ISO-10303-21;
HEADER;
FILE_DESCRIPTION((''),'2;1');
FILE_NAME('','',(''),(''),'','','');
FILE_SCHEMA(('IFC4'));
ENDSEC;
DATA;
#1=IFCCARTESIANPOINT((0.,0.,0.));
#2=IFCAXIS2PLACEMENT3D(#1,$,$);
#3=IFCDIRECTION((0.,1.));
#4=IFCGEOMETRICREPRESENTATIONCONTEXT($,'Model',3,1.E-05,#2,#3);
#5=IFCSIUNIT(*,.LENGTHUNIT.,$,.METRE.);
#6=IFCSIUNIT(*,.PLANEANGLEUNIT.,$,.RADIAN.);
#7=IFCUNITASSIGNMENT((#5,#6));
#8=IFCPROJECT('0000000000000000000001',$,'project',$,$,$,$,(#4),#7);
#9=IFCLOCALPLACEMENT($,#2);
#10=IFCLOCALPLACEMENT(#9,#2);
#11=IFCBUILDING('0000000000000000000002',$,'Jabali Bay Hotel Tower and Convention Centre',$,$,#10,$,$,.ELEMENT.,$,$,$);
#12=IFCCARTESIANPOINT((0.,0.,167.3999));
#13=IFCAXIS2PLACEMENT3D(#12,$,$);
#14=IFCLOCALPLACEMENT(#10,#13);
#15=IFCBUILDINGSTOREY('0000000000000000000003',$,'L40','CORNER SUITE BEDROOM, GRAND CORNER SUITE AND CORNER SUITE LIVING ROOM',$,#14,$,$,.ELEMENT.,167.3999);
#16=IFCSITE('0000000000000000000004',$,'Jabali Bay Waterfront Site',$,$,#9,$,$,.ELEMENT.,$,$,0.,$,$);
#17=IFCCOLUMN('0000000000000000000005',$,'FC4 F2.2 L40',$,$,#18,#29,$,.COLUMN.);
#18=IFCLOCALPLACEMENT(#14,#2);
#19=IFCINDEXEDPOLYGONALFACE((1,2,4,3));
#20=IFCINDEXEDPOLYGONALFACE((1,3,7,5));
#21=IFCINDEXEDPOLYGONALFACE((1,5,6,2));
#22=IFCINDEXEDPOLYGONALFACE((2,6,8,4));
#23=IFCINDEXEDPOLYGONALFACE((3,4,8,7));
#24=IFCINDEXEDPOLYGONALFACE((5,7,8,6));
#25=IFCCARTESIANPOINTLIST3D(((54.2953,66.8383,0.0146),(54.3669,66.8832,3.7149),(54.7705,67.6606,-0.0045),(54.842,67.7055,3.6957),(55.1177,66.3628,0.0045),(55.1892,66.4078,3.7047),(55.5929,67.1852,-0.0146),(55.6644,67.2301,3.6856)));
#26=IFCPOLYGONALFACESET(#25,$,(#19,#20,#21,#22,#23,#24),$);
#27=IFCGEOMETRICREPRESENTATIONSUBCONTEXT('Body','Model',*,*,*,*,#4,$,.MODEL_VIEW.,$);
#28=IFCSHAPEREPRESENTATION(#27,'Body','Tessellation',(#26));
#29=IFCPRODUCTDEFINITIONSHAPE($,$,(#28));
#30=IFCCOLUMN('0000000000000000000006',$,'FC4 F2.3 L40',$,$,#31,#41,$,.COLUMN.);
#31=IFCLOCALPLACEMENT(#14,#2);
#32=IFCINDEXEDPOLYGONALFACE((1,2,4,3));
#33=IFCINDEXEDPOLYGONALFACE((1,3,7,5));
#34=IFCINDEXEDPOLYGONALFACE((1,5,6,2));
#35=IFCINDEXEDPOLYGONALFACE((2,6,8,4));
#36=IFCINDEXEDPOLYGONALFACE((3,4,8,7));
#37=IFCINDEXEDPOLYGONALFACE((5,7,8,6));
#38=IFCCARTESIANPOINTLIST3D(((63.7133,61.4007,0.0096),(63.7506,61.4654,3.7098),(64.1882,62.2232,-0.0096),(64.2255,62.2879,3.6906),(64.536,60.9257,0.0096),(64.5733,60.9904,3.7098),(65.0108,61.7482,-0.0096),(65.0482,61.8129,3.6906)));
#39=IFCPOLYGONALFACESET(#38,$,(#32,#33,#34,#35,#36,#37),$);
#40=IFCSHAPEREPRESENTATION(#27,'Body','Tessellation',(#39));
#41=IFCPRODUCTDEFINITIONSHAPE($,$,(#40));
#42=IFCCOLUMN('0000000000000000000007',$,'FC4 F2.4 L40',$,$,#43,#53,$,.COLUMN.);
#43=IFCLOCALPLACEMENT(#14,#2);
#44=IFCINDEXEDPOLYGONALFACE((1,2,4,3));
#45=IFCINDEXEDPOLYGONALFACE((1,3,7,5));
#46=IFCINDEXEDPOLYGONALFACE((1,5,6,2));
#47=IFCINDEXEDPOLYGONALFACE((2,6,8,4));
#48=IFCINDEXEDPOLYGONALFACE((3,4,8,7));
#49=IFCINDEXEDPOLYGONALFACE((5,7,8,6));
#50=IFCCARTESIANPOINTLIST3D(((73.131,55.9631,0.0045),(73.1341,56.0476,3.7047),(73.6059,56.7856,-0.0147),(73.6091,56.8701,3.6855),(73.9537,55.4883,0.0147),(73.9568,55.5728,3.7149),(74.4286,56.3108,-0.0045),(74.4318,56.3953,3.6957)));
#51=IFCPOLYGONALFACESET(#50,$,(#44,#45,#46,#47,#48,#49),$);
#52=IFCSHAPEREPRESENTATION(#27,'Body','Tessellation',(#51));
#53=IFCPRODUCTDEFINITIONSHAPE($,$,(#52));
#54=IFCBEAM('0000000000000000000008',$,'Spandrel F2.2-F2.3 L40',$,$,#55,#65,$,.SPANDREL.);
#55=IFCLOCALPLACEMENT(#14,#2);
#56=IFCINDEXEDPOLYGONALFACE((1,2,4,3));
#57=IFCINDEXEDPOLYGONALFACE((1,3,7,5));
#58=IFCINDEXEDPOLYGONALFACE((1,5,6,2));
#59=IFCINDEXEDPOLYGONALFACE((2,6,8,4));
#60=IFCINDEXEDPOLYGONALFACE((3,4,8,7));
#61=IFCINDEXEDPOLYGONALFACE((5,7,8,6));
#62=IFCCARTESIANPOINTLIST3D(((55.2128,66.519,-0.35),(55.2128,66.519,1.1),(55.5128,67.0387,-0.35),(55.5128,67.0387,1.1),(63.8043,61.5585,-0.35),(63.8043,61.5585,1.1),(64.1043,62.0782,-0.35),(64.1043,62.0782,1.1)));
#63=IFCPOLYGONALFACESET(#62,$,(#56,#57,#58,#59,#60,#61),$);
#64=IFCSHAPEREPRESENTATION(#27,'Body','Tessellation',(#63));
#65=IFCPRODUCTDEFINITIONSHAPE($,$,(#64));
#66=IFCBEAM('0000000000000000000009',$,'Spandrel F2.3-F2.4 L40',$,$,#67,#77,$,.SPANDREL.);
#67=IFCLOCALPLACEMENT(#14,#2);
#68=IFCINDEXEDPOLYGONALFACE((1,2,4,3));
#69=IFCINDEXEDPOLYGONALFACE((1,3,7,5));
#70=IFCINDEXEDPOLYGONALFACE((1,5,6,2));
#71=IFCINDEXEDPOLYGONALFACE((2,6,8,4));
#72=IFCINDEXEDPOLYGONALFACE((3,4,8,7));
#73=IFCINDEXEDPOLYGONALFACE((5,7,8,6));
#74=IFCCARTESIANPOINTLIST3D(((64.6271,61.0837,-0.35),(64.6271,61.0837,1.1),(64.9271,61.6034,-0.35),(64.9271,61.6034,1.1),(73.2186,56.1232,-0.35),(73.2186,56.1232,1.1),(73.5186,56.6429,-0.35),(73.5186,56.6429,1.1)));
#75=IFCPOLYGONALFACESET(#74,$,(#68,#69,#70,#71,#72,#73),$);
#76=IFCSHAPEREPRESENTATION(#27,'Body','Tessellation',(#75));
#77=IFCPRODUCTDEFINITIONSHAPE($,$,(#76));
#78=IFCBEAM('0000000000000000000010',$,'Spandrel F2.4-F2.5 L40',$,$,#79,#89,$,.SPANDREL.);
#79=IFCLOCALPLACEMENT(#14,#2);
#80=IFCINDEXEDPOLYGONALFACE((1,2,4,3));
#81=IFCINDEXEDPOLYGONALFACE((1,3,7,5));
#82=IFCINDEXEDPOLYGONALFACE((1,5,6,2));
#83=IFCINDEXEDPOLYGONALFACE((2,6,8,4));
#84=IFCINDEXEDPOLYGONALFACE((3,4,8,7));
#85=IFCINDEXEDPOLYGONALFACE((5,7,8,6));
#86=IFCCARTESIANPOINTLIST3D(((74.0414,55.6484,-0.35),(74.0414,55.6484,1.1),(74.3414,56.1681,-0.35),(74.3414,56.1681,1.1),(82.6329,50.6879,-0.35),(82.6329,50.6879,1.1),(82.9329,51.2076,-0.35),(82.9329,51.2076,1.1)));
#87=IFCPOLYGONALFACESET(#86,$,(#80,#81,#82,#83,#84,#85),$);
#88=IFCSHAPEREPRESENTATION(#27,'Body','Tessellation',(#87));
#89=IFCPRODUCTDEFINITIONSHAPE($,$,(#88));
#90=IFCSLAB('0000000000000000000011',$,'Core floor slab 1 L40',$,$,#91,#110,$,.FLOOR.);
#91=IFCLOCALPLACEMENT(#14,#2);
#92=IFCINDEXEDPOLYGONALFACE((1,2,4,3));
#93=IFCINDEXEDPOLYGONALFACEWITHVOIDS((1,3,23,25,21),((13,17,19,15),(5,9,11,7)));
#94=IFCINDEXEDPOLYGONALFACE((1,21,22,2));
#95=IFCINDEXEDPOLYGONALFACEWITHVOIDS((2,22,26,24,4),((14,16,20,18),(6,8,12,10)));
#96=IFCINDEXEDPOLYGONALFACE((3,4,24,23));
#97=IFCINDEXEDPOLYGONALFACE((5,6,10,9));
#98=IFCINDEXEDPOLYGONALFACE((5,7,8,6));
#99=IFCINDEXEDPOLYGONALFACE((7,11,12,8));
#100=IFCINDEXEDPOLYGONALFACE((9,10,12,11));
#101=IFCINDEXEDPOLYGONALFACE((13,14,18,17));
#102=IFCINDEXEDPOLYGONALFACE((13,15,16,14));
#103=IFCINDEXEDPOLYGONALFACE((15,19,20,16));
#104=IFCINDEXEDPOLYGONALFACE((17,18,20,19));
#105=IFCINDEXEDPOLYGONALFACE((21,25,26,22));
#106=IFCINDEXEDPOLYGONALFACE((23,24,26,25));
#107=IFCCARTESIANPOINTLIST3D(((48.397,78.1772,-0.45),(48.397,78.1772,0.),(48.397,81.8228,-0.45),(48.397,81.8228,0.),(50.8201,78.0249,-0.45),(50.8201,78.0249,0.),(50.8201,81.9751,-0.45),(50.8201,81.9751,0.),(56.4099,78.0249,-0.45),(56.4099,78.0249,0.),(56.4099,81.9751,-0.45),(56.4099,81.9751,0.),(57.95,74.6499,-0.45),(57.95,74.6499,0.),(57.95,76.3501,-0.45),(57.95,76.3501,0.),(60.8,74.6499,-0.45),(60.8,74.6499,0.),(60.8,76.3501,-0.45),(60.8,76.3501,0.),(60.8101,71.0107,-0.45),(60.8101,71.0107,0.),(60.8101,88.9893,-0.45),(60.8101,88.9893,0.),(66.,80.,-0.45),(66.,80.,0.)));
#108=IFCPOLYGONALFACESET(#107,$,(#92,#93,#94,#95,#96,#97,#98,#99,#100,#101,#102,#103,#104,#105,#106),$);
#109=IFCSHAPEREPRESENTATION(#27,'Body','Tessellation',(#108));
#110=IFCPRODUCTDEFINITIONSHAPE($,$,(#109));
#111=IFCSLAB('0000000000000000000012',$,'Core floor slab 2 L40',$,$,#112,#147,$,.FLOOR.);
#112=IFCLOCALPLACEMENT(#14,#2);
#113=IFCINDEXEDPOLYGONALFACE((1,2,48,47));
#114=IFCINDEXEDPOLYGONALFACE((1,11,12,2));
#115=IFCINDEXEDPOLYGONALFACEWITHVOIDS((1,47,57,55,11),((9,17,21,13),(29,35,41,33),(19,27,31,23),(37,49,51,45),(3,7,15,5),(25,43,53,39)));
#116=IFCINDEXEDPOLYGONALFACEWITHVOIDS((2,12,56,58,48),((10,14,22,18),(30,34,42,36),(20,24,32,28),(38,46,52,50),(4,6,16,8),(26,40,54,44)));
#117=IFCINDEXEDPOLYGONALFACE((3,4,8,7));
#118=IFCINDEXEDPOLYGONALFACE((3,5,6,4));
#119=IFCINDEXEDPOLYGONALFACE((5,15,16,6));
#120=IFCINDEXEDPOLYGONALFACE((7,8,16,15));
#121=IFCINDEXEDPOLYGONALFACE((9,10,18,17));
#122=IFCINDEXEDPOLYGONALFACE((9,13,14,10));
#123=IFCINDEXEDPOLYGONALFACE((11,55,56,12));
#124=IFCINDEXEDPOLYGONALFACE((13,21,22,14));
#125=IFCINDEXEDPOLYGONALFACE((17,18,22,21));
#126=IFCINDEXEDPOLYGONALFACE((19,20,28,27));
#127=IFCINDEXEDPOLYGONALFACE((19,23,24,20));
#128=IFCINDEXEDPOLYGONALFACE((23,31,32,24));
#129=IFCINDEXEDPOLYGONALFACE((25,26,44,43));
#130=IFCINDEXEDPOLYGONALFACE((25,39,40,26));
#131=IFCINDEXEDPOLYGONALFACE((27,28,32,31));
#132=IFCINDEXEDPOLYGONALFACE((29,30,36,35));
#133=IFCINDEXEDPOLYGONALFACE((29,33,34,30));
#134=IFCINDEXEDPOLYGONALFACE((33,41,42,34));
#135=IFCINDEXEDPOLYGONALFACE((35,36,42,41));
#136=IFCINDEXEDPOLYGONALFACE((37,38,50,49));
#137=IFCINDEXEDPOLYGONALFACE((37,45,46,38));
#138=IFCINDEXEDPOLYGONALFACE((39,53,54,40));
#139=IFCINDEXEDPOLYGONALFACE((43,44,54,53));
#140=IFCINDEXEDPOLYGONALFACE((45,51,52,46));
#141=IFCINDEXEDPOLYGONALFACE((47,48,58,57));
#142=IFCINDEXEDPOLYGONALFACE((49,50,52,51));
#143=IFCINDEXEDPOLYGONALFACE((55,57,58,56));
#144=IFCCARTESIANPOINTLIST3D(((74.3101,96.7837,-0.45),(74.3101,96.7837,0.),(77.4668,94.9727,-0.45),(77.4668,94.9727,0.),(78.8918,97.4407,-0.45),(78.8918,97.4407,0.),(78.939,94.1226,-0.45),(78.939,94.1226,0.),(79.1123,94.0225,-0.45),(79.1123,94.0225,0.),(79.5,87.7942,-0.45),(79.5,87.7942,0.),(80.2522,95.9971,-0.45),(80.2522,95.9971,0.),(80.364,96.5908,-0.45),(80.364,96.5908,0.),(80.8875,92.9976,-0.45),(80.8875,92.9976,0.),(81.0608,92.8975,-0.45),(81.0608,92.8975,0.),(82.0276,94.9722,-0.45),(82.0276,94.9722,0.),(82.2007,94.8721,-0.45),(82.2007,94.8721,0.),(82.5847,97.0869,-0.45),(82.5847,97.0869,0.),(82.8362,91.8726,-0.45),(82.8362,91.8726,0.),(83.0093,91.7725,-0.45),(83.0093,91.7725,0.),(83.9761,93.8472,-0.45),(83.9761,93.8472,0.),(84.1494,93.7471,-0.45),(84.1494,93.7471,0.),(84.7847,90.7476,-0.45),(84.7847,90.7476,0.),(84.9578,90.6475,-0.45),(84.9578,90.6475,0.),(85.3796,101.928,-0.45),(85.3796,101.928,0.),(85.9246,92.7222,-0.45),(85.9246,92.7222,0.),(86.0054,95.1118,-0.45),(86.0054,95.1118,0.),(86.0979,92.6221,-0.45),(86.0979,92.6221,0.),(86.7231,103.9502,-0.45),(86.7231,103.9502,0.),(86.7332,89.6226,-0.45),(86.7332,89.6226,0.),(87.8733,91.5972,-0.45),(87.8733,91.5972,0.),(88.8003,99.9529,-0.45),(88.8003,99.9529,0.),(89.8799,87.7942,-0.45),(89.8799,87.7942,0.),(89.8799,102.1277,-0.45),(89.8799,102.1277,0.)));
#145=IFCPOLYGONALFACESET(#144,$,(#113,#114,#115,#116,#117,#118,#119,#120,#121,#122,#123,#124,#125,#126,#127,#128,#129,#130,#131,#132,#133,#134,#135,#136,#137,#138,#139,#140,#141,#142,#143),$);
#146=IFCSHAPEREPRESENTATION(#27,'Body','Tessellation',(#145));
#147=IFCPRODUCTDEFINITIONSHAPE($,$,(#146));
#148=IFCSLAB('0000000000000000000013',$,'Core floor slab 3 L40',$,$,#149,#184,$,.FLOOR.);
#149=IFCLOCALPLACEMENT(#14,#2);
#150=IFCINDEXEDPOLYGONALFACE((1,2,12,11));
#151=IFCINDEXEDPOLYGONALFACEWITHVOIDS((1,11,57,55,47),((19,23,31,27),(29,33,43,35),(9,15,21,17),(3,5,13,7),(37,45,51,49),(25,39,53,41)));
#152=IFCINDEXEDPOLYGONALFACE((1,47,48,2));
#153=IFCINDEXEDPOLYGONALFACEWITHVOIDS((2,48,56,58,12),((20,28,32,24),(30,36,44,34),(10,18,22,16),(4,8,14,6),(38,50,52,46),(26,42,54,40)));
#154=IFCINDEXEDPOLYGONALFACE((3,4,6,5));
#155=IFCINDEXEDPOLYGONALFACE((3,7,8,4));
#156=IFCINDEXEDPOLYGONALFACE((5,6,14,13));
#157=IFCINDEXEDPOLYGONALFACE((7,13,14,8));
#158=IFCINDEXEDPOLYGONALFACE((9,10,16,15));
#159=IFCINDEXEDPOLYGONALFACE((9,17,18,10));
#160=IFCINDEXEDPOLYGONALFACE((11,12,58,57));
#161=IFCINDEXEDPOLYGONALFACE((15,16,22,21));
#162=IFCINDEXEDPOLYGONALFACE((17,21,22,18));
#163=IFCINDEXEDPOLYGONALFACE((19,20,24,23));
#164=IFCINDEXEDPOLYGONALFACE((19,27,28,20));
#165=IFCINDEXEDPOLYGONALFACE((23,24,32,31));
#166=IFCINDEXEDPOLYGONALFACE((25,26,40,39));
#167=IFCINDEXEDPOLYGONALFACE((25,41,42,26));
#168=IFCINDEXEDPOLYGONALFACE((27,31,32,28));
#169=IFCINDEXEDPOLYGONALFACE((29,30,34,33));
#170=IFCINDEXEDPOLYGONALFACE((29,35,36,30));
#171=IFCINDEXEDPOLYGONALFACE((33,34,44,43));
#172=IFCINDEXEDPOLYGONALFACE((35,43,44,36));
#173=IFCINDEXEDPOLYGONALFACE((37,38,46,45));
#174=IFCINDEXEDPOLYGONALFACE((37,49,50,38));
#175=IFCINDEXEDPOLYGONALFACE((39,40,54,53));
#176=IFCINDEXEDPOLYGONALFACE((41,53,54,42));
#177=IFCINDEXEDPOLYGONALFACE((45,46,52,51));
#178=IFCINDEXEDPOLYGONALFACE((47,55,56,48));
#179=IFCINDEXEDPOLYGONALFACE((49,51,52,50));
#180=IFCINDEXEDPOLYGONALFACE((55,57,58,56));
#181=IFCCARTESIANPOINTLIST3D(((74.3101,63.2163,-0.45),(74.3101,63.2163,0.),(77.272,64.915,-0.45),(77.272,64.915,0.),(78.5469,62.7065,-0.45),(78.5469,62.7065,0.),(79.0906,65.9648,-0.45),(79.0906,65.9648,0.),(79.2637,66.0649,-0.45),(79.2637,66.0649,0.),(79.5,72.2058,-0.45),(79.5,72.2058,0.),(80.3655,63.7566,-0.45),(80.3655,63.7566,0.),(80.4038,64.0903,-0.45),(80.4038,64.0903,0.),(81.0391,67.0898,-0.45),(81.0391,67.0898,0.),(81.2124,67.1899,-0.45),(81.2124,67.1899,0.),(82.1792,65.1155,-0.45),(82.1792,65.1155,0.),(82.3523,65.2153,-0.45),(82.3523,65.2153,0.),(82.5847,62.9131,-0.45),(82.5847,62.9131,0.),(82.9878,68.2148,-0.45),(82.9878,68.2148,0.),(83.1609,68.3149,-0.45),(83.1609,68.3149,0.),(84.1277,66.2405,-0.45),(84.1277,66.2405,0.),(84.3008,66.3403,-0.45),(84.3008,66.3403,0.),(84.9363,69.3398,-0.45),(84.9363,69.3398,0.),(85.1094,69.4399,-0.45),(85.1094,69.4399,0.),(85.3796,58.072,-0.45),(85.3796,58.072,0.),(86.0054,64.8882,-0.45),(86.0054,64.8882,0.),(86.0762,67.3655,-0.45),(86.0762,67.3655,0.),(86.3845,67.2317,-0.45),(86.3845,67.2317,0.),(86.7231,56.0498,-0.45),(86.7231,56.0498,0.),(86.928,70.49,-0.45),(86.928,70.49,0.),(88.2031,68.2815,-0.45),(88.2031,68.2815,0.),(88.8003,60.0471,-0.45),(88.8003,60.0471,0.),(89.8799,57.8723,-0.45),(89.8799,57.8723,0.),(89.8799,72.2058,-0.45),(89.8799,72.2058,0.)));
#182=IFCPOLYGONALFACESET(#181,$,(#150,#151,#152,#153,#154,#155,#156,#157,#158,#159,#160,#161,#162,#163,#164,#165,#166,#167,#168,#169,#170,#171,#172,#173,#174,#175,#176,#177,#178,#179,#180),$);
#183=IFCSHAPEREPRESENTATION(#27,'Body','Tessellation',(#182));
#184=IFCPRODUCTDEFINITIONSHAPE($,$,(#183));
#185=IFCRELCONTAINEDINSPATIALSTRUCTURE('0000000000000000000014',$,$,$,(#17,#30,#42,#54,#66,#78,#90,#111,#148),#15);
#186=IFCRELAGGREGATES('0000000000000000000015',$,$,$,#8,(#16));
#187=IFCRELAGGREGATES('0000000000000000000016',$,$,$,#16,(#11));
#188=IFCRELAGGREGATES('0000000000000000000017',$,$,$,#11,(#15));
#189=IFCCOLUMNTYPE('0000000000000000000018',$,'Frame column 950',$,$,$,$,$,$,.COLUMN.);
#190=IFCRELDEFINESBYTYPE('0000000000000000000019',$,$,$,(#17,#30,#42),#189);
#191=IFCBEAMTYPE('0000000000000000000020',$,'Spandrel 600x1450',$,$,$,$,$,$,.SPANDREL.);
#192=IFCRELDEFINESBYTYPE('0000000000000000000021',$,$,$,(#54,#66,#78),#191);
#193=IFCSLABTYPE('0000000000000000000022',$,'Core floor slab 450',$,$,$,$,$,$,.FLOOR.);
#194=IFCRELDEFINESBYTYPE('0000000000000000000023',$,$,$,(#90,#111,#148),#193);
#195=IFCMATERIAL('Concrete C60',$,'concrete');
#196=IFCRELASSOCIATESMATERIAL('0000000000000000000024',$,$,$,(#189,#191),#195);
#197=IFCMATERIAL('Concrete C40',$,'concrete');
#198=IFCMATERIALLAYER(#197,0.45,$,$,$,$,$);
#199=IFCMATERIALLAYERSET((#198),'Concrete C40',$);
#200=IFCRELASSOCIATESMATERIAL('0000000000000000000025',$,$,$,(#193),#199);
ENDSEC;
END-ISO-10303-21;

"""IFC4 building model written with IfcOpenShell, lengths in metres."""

from ifc_helpers import new_model, si_unit, direction, frame, origin, origin_2d, place, context, subcontext, project, spatial, polyline, rectangle, outline, extrude, material, layer, layer_set, material_profile, profile_set, type_object, element, save


model = new_model("IFC4")

# Units and contexts
model_context = context("Model", 3, precision=1e-05, world=origin(), true_north=direction((0.0, 1.0)))
body_context = subcontext(model_context, "Body", "Model", "MODEL_VIEW")
ifc_project = project(units=[si_unit("LENGTHUNIT", "METRE"), si_unit("PLANEANGLEUNIT", "RADIAN")], contexts=[model_context])

# Site, building, storey
site_placement = place(None, origin())
site = spatial("IfcSite", under=ifc_project, at=site_placement, Name="Jabali Bay Waterfront Site", CompositionType="ELEMENT", RefElevation=0.0)
building_placement = place(site_placement, origin())
building = spatial("IfcBuilding", under=site, at=building_placement, Name="Jabali Bay Hotel Tower and Convention Centre", CompositionType="ELEMENT")
storey_placement = place(building_placement, frame((0.0, 0.0, 167.3999)))
storey = spatial("IfcBuildingStorey", under=building, at=storey_placement, Name="L40", Description="CORNER SUITE BEDROOM, GRAND CORNER SUITE AND CORNER SUITE LIVING ROOM", CompositionType="ELEMENT", Elevation=167.3999)

# Columns
ifc_material_1 = material(Name="Concrete C60", Category="concrete")
ifc_material_profile_1 = material_profile(ifc_material_1, rectangle(XDim=0.95, YDim=0.95, at=origin_2d()), Name="Frame column 950")
ifc_profile_set_1 = profile_set([ifc_material_profile_1], Name="Concrete C60")
column_type = type_object("IfcColumnType", Name="Frame column 950", PredefinedType="COLUMN", material=ifc_profile_set_1)
column_1_placement = place(storey_placement, frame((54.9441, 67.0117, 0.0), z_axis=(0.019327, 0.012137, 0.99974), x_axis=(-0.865689, 0.500469, 0.01066)))
element("IfcColumn", 1, at=column_1_placement, inside=storey, type_object=column_type, Name="FC4 F2.2 L40", PredefinedType="COLUMN", context=body_context, shape_type="SweptSolid", body=[
    extrude(rectangle(XDim=0.95, YDim=0.95, at=origin_2d()), origin(), (0.0, 0.0, 1.0), 3.7012),
])
column_2_placement = place(storey_placement, frame((64.3621, 61.5745, 0.0), z_axis=(0.010093, 0.017481, 0.999796), x_axis=(-0.866023, 0.500005, 0.0)))
element("IfcColumn", 2, at=column_2_placement, inside=storey, type_object=column_type, Name="FC4 F2.3 L40", PredefinedType="COLUMN", context=body_context, shape_type="SweptSolid", body=[
    extrude(rectangle(XDim=0.95, YDim=0.95, at=origin_2d()), origin(), (0.0, 0.0, 1.0), 3.7009),
])
column_3_placement = place(storey_placement, frame((73.7798, 56.137, 0.0), z_axis=(0.000858, 0.022823, 0.999739), x_axis=(-0.49995, -0.865819, 0.020195)))
element("IfcColumn", 3, at=column_3_placement, inside=storey, type_object=column_type, Name="FC4 F2.4 L40", PredefinedType="COLUMN", context=body_context, shape_type="SweptSolid", body=[
    extrude(rectangle(XDim=0.95, YDim=0.95, at=origin_2d()), origin(), (0.0, 0.0, 1.0), 3.7012),
])

# Beams
ifc_material_profile_2 = material_profile(ifc_material_1, rectangle(XDim=0.6001, YDim=1.45, at=origin_2d()), Name="Spandrel 600x1450")
ifc_profile_set_2 = profile_set([ifc_material_profile_2], Name="Concrete C60")
beam_type = type_object("IfcBeamType", Name="Spandrel 600x1450", PredefinedType="SPANDREL", material=ifc_profile_set_2)
for number, where, z_axis, x_axis, name in (
    (4, (55.3628, 66.7788, 0.375), (0.86602, -0.500009, 0.0), (0.500009, 0.86602, 0.0), "Spandrel F2.2-F2.3 L40"),
    (5, (64.7771, 61.3435, 0.375), (0.86602, -0.500009, 0.0), (0.500009, 0.86602, 0.0), "Spandrel F2.3-F2.4 L40"),
    (6, (74.1914, 55.9082, 0.375), (0.86602, -0.500009, 0.0), (0.500009, 0.86602, 0.0), "Spandrel F2.4-F2.5 L40"),
):
    element("IfcBeam", number, at=place(storey_placement, frame(where, z_axis=z_axis, x_axis=x_axis)), inside=storey, type_object=beam_type, Name=name, PredefinedType="SPANDREL", context=body_context, shape_type="SweptSolid", body=[
        extrude(rectangle(XDim=0.6001, YDim=1.45, at=origin_2d()), origin(), (0.0, 0.0, 1.0), 9.9207),
    ])

# Slabs
ifc_material_2 = material(Name="Concrete C40", Category="concrete")
ifc_layer_1 = layer(ifc_material_2, 0.45)
ifc_layer_set_1 = layer_set([ifc_layer_1], Name="Concrete C40")
slab_type_1 = type_object("IfcSlabType", Name="Core floor slab 450", PredefinedType="FLOOR", material=ifc_layer_set_1)
slab_1_placement = place(storey_placement, frame((0.0, 0.0, -0.45)))
element("IfcSlab", 7, at=slab_1_placement, inside=storey, type_object=slab_type_1, Name="Core floor slab 1 L40", PredefinedType="FLOOR", context=body_context, shape_type="SweptSolid", body=[
    extrude(outline(polyline([(66.0, 80.0), (60.8101, 88.9893), (48.397, 81.8228), (48.397, 78.1772), (60.8101, 71.0107), (66.0, 80.0)]), holes=[polyline([(60.8, 76.3501), (57.95, 76.3501), (57.95, 74.6499), (60.8, 74.6499), (60.8, 76.3501)]), polyline([(50.8201, 81.9751), (50.8201, 78.0249), (56.4099, 78.0249), (56.4099, 81.9751), (50.8201, 81.9751)])]), origin(), (0.0, 0.0, 1.0), 0.45),
])
slab_2_placement = place(storey_placement, frame((0.0, 0.0, -0.45)))
element("IfcSlab", 8, at=slab_2_placement, inside=storey, type_object=slab_type_1, Name="Core floor slab 2 L40", PredefinedType="FLOOR", context=body_context, shape_type="SweptSolid", body=[
    extrude(outline(polyline([(79.5, 87.7942), (89.8799, 87.7942), (89.8799, 102.1277), (86.7231, 103.9502), (74.3101, 96.7837), (79.5, 87.7942)]), holes=[polyline([(84.9578, 90.6475), (86.7332, 89.6226), (87.8733, 91.5972), (86.0979, 92.6221), (84.9578, 90.6475)]), polyline([(84.1494, 93.7471), (83.0093, 91.7725), (84.7847, 90.7476), (85.9246, 92.7222), (84.1494, 93.7471)]), polyline([(82.2007, 94.8721), (81.0608, 92.8975), (82.8362, 91.8726), (83.9761, 93.8472), (82.2007, 94.8721)]), polyline([(79.1123, 94.0225), (80.8875, 92.9976), (82.0276, 94.9722), (80.2522, 95.9971), (79.1123, 94.0225)]), polyline([(78.8918, 97.4407), (77.4668, 94.9727), (78.939, 94.1226), (80.364, 96.5908), (78.8918, 97.4407)]), polyline([(82.5847, 97.0869), (86.0054, 95.1118), (88.8003, 99.9529), (85.3796, 101.928), (82.5847, 97.0869)])]), origin(), (0.0, 0.0, 1.0), 0.45),
])
slab_3_placement = place(storey_placement, frame((0.0, 0.0, -0.45)))
element("IfcSlab", 9, at=slab_3_placement, inside=storey, type_object=slab_type_1, Name="Core floor slab 3 L40", PredefinedType="FLOOR", context=body_context, shape_type="SweptSolid", body=[
    extrude(outline(polyline([(79.5, 72.2058), (74.3101, 63.2163), (86.7231, 56.0498), (89.8799, 57.8723), (89.8799, 72.2058), (79.5, 72.2058)]), holes=[polyline([(82.5847, 62.9131), (85.3796, 58.072), (88.8003, 60.0471), (86.0054, 64.8882), (82.5847, 62.9131)]), polyline([(80.3655, 63.7566), (79.0906, 65.9648), (77.272, 64.915), (78.5469, 62.7065), (80.3655, 63.7566)]), polyline([(82.1792, 65.1155), (81.0391, 67.0898), (79.2637, 66.0649), (80.4038, 64.0903), (82.1792, 65.1155)]), polyline([(82.9878, 68.2148), (81.2124, 67.1899), (82.3523, 65.2153), (84.1277, 66.2405), (82.9878, 68.2148)]), polyline([(86.0762, 67.3655), (84.9363, 69.3398), (83.1609, 68.3149), (84.3008, 66.3403), (86.0762, 67.3655)]), polyline([(88.2031, 68.2815), (86.928, 70.49), (85.1094, 69.4399), (86.3845, 67.2317), (88.2031, 68.2815)])]), origin(), (0.0, 0.0, 1.0), 0.45),
])

save(model, "model.ifc")
